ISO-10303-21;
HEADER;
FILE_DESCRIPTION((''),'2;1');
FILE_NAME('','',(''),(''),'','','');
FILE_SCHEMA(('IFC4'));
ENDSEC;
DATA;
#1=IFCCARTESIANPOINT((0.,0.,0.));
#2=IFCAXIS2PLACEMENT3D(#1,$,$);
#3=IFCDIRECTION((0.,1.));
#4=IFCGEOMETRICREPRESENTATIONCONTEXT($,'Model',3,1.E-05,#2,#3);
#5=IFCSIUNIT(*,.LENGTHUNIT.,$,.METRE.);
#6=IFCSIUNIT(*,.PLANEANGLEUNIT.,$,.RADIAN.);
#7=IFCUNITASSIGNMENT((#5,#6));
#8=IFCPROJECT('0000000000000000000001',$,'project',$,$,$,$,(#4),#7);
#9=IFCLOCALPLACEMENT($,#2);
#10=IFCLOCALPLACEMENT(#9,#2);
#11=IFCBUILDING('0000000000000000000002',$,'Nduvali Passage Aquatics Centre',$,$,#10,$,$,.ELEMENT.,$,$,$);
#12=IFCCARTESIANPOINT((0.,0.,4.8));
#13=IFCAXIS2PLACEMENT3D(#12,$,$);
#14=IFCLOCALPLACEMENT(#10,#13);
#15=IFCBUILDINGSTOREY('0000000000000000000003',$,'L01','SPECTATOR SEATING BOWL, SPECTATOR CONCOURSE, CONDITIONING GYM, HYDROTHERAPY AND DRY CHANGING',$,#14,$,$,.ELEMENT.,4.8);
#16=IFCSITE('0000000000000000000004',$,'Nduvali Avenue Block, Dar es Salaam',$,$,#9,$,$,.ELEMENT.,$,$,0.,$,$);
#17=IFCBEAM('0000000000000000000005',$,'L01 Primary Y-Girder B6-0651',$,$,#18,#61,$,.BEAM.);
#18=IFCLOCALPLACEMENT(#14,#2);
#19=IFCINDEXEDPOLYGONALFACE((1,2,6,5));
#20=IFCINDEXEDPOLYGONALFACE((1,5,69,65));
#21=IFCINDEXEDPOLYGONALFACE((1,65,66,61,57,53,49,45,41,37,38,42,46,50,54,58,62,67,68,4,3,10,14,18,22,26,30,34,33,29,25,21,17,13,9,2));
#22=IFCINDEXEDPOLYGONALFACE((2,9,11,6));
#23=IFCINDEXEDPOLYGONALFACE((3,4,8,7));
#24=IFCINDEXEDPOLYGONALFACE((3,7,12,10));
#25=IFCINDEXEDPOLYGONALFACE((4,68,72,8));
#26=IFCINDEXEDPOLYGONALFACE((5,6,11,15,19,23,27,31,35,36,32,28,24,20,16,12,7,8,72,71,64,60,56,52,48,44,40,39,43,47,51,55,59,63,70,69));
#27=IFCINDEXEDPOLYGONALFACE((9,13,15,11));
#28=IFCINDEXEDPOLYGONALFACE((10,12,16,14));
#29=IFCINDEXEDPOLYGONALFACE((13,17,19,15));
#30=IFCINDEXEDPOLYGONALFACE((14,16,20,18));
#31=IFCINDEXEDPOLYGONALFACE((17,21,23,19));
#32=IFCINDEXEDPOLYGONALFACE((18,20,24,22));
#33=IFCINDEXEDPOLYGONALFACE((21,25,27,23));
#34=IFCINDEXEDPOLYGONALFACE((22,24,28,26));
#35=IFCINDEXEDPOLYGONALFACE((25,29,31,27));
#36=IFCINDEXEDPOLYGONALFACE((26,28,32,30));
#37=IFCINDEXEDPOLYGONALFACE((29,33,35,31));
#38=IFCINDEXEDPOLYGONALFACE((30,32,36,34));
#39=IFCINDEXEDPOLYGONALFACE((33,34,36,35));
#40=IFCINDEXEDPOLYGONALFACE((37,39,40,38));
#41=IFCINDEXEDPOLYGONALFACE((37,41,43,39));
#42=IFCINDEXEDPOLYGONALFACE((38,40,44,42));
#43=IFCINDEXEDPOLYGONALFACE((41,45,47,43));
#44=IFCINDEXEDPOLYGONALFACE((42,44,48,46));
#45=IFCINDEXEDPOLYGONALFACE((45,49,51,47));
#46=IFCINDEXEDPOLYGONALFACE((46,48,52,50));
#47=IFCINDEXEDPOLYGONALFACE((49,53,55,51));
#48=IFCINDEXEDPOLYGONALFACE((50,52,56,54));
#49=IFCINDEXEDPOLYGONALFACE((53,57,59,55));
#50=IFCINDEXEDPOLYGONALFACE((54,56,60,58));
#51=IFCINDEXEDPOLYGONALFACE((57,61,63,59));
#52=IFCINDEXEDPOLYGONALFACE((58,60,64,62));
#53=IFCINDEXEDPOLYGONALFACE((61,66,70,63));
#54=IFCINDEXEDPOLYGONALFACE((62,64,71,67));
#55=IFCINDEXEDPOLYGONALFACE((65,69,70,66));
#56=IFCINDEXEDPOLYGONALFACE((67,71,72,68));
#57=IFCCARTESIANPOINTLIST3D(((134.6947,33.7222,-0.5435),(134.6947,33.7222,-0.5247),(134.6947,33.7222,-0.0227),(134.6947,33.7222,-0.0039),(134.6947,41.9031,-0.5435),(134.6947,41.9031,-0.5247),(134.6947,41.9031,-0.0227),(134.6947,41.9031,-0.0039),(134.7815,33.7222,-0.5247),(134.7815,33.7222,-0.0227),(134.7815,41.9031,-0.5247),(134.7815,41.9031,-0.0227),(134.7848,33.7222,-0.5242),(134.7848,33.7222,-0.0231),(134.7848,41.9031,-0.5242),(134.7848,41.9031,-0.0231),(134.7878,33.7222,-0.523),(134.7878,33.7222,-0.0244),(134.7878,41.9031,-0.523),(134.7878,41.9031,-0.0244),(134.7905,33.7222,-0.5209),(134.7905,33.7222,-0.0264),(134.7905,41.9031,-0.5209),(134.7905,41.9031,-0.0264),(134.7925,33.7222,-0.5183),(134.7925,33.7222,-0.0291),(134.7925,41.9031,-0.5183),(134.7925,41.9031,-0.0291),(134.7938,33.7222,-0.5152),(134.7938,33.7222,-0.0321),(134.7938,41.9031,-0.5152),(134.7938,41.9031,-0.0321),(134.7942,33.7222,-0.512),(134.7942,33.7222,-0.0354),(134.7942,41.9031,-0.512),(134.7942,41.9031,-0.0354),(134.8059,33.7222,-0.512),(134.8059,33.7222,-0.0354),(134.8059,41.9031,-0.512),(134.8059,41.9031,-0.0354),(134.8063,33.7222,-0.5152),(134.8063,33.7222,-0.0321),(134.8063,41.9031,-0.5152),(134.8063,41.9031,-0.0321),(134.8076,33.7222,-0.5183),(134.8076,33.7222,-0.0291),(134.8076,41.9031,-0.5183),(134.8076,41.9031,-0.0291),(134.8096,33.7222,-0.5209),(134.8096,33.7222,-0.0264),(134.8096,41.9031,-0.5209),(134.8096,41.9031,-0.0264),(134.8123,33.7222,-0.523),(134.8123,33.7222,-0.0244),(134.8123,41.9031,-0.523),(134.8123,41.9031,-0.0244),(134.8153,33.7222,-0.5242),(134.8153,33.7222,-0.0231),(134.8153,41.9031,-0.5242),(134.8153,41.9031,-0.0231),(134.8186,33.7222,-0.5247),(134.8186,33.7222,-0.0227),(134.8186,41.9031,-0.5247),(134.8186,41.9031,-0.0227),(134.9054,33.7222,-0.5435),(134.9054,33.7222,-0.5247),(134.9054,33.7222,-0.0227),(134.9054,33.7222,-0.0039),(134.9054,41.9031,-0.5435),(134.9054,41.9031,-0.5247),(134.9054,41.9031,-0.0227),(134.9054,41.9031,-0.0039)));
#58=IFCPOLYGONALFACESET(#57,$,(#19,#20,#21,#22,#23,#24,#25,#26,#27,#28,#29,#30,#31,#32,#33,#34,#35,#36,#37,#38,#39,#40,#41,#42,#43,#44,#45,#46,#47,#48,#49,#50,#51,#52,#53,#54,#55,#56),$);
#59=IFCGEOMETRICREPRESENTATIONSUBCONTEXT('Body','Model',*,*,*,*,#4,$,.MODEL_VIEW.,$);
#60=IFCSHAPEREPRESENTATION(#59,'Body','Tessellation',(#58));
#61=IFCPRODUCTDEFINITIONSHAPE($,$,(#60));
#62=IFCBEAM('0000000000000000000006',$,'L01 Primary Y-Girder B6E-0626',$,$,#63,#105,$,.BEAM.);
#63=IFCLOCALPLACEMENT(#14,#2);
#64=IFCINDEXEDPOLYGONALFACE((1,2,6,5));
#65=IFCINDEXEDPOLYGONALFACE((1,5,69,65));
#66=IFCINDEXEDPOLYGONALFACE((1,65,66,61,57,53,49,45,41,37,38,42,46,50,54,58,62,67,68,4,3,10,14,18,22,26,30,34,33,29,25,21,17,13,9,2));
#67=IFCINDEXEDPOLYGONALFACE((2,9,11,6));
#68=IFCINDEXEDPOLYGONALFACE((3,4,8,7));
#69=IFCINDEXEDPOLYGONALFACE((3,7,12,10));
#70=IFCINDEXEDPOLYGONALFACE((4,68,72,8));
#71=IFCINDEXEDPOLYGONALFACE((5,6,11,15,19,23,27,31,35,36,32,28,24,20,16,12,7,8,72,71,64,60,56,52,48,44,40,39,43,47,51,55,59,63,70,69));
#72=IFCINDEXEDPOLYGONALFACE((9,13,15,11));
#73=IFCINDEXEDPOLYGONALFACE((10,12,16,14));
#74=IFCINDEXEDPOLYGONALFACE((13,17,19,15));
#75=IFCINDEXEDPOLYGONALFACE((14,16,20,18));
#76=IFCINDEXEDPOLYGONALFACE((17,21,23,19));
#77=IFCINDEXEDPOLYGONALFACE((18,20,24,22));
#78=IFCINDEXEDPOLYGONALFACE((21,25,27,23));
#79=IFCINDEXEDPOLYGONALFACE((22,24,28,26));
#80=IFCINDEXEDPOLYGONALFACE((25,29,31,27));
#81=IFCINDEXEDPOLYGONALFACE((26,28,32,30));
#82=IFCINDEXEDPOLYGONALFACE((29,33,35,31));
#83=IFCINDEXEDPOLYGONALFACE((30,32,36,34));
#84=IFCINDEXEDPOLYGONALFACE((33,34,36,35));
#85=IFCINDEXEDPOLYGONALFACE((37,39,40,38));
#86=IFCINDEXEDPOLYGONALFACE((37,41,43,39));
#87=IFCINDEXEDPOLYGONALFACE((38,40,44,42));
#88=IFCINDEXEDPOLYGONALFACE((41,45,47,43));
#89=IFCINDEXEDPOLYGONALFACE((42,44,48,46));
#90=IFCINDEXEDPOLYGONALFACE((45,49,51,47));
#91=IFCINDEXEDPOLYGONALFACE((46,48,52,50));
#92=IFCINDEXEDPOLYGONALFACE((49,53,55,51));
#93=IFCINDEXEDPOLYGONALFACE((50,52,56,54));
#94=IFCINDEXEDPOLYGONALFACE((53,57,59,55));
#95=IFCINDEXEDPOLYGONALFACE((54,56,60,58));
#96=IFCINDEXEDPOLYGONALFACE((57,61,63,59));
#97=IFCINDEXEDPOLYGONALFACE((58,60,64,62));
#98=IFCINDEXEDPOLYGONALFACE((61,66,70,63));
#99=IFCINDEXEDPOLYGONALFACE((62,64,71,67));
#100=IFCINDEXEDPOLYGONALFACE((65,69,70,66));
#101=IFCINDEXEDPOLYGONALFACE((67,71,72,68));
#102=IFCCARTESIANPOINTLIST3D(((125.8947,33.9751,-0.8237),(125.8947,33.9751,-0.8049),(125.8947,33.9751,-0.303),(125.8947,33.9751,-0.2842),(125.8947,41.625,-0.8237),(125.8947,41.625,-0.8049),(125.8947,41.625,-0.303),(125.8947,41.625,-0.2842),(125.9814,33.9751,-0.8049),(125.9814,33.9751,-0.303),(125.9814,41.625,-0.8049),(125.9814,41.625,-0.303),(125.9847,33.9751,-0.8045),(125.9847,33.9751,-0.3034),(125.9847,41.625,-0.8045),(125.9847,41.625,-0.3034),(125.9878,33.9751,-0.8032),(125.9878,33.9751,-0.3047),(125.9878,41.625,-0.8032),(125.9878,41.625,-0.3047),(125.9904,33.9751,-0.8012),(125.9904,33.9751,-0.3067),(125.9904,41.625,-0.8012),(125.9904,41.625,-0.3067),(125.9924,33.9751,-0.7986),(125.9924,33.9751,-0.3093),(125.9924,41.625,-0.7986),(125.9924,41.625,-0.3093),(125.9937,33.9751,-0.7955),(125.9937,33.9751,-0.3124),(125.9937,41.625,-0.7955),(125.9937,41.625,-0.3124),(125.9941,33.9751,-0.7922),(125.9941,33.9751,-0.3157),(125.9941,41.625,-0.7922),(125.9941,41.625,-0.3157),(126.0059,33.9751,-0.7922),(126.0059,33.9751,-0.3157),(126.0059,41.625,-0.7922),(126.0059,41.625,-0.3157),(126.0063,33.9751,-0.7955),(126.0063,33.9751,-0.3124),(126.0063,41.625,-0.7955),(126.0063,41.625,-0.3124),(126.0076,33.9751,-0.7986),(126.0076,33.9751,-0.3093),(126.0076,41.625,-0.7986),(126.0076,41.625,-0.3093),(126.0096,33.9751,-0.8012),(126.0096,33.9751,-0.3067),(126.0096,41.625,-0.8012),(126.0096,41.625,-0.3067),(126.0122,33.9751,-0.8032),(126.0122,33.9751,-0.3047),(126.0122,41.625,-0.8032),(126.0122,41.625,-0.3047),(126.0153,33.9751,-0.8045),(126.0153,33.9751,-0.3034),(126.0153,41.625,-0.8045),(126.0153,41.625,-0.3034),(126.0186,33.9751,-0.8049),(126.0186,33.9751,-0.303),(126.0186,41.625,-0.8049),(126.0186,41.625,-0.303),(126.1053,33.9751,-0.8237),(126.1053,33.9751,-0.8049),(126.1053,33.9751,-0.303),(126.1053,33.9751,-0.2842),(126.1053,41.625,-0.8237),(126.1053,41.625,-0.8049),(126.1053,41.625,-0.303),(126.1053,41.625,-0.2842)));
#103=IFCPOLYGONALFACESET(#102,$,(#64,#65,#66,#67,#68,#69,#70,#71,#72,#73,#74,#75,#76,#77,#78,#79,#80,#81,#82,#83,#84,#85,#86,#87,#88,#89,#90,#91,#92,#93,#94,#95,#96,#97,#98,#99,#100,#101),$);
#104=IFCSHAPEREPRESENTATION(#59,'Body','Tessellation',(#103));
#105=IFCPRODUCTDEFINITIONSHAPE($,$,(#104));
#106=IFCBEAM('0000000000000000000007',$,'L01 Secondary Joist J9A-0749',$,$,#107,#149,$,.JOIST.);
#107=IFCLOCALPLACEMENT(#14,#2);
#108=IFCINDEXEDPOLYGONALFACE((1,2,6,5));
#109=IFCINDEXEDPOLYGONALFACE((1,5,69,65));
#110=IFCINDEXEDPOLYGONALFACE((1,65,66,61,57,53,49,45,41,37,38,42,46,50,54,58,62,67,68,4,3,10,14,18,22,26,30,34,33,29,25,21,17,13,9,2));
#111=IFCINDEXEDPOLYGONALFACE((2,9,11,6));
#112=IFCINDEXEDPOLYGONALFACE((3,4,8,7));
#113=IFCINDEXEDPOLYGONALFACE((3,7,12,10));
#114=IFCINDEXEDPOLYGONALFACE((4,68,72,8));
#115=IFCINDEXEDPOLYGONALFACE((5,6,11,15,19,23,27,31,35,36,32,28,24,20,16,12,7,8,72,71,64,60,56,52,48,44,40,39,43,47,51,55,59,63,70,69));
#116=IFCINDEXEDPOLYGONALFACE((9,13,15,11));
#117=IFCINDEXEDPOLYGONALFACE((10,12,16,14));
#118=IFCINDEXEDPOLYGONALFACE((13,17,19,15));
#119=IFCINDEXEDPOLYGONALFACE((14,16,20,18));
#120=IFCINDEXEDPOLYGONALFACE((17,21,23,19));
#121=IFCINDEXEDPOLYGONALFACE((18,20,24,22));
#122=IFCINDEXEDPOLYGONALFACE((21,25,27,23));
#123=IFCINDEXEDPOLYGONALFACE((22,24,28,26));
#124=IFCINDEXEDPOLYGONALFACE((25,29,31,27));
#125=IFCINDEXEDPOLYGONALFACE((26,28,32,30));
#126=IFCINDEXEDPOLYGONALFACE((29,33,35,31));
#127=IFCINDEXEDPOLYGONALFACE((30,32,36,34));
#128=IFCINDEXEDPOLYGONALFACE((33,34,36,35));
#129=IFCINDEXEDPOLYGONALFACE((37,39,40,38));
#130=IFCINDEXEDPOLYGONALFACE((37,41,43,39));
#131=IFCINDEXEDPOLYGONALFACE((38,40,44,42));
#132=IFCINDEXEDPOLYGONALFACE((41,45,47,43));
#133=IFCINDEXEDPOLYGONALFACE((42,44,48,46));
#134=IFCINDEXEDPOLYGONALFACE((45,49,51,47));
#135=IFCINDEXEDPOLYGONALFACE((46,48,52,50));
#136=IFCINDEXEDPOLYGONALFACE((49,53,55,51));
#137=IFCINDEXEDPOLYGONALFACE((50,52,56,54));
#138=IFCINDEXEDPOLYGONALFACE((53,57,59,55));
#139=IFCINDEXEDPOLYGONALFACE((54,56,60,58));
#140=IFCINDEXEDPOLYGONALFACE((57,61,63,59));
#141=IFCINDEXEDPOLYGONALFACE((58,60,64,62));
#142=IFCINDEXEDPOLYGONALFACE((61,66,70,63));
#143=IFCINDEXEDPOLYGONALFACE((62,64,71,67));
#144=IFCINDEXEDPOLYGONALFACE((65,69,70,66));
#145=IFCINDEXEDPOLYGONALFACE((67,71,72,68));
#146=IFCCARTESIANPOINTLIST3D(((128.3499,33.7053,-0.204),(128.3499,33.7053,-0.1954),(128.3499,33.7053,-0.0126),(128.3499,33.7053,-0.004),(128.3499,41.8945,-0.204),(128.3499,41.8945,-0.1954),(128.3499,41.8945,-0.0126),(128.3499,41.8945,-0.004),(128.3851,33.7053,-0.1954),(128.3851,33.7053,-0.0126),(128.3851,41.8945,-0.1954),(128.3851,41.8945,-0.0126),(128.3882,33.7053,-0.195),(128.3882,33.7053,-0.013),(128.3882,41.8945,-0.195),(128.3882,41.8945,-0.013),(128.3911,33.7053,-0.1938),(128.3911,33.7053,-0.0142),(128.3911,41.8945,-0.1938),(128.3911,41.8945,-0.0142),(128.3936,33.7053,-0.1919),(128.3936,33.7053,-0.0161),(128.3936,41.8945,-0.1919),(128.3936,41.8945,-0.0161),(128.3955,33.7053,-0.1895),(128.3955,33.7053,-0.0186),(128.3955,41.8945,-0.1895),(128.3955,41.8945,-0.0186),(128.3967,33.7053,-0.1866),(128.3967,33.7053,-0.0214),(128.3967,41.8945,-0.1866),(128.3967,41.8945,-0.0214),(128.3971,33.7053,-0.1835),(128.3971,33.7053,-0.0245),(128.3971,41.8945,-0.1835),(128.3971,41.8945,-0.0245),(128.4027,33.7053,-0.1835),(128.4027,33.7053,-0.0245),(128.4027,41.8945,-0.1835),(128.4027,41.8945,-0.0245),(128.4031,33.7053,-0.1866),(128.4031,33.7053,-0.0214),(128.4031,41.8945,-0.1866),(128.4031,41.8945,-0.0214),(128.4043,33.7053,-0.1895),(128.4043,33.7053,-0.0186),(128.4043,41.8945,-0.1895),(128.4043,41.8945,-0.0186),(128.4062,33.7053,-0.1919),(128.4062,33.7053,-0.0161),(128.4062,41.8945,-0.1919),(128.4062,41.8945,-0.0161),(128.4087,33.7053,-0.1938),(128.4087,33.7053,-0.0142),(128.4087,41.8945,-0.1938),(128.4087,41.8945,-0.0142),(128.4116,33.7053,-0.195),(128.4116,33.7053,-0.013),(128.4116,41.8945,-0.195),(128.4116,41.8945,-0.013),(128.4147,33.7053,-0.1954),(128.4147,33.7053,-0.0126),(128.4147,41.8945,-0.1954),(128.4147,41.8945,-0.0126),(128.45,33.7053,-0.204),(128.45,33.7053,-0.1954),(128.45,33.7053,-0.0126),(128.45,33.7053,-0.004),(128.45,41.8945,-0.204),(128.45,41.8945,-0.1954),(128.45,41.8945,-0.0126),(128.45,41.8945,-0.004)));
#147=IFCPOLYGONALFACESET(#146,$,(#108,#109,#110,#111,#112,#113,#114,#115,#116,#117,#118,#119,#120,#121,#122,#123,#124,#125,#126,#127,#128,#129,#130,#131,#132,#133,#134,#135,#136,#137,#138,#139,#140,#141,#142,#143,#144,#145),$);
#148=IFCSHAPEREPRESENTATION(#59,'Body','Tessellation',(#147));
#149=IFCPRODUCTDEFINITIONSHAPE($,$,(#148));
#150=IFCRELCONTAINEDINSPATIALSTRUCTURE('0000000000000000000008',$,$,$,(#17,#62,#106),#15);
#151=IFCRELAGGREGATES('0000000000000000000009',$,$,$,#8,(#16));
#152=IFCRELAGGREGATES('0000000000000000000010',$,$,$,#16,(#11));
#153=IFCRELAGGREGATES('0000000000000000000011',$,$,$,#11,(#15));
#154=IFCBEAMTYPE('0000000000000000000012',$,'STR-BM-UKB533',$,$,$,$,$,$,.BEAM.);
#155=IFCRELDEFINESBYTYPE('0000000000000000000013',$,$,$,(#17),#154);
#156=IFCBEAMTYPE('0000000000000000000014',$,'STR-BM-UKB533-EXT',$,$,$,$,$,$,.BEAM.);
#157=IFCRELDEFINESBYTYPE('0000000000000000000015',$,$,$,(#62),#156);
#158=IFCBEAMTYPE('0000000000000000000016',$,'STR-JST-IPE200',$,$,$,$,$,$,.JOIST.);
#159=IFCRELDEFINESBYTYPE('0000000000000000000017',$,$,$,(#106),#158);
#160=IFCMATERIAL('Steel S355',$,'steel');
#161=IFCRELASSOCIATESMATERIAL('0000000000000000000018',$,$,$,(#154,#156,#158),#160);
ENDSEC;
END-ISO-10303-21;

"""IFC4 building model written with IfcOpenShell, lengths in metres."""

from ifc_helpers import new_model, si_unit, direction, frame, origin, origin_2d, place, context, subcontext, project, spatial, i_section, extrude, material, material_profile, profile_set, type_object, element, save


model = new_model("IFC4")

# Units and contexts
model_context = context("Model", 3, precision=1e-05, world=origin(), true_north=direction((0.0, 1.0)))
body_context = subcontext(model_context, "Body", "Model", "MODEL_VIEW")
ifc_project = project(units=[si_unit("LENGTHUNIT", "METRE"), si_unit("PLANEANGLEUNIT", "RADIAN")], contexts=[model_context])

# Site, building, storey
site_placement = place(None, origin())
site = spatial("IfcSite", under=ifc_project, at=site_placement, Name="Nduvali Avenue Block, Dar es Salaam", CompositionType="ELEMENT", RefElevation=0.0)
building_placement = place(site_placement, origin())
building = spatial("IfcBuilding", under=site, at=building_placement, Name="Nduvali Passage Aquatics Centre", CompositionType="ELEMENT")
storey_placement = place(building_placement, frame((0.0, 0.0, 4.8)))
storey = spatial("IfcBuildingStorey", under=building, at=storey_placement, Name="L01", Description="SPECTATOR SEATING BOWL, SPECTATOR CONCOURSE, CONDITIONING GYM, HYDROTHERAPY AND DRY CHANGING", CompositionType="ELEMENT", Elevation=4.8)

# Beams
ifc_material_1 = material(Name="Steel S355", Category="steel")
ifc_material_profile_1 = material_profile(ifc_material_1, i_section(OverallWidth=0.2107, OverallDepth=0.5396, WebThickness=0.0117, FlangeThickness=0.0188, FilletRadius=0.0127, at=origin_2d()), Name="UKB 533x210x109")
ifc_profile_set_1 = profile_set([ifc_material_profile_1], Name="Steel S355")
beam_type_1 = type_object("IfcBeamType", Name="STR-BM-UKB533", PredefinedType="BEAM", material=ifc_profile_set_1)
beam_1_placement = place(storey_placement, frame((134.8, 33.7222, -0.2737), z_axis=(0.0, 1.0, 0.0), x_axis=(-1.0, 0.0, 0.0)))
element("IfcBeam", 1, at=beam_1_placement, inside=storey, type_object=beam_type_1, Name="L01 Primary Y-Girder B6-0651", PredefinedType="BEAM", context=body_context, shape_type="SweptSolid", body=[
    extrude(i_section(OverallWidth=0.2107, OverallDepth=0.5396, WebThickness=0.0117, FlangeThickness=0.0188, FilletRadius=0.0127, at=origin_2d()), origin(), (0.0, 0.0, 1.0), 8.1809),
])
ifc_material_profile_2 = material_profile(ifc_material_1, i_section(OverallWidth=0.2107, OverallDepth=0.5396, WebThickness=0.0117, FlangeThickness=0.0188, FilletRadius=0.0127, at=origin_2d()), Name="UKB 533x210x109")
ifc_profile_set_2 = profile_set([ifc_material_profile_2], Name="Steel S355")
beam_type_2 = type_object("IfcBeamType", Name="STR-BM-UKB533-EXT", PredefinedType="BEAM", material=ifc_profile_set_2)
beam_2_placement = place(storey_placement, frame((126.0, 33.9751, -0.554), z_axis=(0.0, 1.0, 0.0), x_axis=(-1.0, 0.0, 0.0)))
element("IfcBeam", 2, at=beam_2_placement, inside=storey, type_object=beam_type_2, Name="L01 Primary Y-Girder B6E-0626", PredefinedType="BEAM", context=body_context, shape_type="SweptSolid", body=[
    extrude(i_section(OverallWidth=0.2107, OverallDepth=0.5396, WebThickness=0.0117, FlangeThickness=0.0188, FilletRadius=0.0127, at=origin_2d()), origin(), (0.0, 0.0, 1.0), 7.6499),
])
ifc_material_profile_3 = material_profile(ifc_material_1, i_section(OverallWidth=0.1001, OverallDepth=0.2, WebThickness=0.0056, FlangeThickness=0.0085, FilletRadius=0.012, at=origin_2d()), Name="IPE 200")
ifc_profile_set_3 = profile_set([ifc_material_profile_3], Name="Steel S355")
beam_type_3 = type_object("IfcBeamType", Name="STR-JST-IPE200", PredefinedType="JOIST", material=ifc_profile_set_3)
beam_3_placement = place(storey_placement, frame((128.3999, 33.7053, -0.104), z_axis=(0.0, 1.0, 0.0), x_axis=(-1.0, 0.0, 0.0)))
element("IfcBeam", 3, at=beam_3_placement, inside=storey, type_object=beam_type_3, Name="L01 Secondary Joist J9A-0749", PredefinedType="JOIST", context=body_context, shape_type="SweptSolid", body=[
    extrude(i_section(OverallWidth=0.1001, OverallDepth=0.2, WebThickness=0.0056, FlangeThickness=0.0085, FilletRadius=0.012, at=origin_2d()), origin(), (0.0, 0.0, 1.0), 8.1892),
])

save(model, "model.ifc")
